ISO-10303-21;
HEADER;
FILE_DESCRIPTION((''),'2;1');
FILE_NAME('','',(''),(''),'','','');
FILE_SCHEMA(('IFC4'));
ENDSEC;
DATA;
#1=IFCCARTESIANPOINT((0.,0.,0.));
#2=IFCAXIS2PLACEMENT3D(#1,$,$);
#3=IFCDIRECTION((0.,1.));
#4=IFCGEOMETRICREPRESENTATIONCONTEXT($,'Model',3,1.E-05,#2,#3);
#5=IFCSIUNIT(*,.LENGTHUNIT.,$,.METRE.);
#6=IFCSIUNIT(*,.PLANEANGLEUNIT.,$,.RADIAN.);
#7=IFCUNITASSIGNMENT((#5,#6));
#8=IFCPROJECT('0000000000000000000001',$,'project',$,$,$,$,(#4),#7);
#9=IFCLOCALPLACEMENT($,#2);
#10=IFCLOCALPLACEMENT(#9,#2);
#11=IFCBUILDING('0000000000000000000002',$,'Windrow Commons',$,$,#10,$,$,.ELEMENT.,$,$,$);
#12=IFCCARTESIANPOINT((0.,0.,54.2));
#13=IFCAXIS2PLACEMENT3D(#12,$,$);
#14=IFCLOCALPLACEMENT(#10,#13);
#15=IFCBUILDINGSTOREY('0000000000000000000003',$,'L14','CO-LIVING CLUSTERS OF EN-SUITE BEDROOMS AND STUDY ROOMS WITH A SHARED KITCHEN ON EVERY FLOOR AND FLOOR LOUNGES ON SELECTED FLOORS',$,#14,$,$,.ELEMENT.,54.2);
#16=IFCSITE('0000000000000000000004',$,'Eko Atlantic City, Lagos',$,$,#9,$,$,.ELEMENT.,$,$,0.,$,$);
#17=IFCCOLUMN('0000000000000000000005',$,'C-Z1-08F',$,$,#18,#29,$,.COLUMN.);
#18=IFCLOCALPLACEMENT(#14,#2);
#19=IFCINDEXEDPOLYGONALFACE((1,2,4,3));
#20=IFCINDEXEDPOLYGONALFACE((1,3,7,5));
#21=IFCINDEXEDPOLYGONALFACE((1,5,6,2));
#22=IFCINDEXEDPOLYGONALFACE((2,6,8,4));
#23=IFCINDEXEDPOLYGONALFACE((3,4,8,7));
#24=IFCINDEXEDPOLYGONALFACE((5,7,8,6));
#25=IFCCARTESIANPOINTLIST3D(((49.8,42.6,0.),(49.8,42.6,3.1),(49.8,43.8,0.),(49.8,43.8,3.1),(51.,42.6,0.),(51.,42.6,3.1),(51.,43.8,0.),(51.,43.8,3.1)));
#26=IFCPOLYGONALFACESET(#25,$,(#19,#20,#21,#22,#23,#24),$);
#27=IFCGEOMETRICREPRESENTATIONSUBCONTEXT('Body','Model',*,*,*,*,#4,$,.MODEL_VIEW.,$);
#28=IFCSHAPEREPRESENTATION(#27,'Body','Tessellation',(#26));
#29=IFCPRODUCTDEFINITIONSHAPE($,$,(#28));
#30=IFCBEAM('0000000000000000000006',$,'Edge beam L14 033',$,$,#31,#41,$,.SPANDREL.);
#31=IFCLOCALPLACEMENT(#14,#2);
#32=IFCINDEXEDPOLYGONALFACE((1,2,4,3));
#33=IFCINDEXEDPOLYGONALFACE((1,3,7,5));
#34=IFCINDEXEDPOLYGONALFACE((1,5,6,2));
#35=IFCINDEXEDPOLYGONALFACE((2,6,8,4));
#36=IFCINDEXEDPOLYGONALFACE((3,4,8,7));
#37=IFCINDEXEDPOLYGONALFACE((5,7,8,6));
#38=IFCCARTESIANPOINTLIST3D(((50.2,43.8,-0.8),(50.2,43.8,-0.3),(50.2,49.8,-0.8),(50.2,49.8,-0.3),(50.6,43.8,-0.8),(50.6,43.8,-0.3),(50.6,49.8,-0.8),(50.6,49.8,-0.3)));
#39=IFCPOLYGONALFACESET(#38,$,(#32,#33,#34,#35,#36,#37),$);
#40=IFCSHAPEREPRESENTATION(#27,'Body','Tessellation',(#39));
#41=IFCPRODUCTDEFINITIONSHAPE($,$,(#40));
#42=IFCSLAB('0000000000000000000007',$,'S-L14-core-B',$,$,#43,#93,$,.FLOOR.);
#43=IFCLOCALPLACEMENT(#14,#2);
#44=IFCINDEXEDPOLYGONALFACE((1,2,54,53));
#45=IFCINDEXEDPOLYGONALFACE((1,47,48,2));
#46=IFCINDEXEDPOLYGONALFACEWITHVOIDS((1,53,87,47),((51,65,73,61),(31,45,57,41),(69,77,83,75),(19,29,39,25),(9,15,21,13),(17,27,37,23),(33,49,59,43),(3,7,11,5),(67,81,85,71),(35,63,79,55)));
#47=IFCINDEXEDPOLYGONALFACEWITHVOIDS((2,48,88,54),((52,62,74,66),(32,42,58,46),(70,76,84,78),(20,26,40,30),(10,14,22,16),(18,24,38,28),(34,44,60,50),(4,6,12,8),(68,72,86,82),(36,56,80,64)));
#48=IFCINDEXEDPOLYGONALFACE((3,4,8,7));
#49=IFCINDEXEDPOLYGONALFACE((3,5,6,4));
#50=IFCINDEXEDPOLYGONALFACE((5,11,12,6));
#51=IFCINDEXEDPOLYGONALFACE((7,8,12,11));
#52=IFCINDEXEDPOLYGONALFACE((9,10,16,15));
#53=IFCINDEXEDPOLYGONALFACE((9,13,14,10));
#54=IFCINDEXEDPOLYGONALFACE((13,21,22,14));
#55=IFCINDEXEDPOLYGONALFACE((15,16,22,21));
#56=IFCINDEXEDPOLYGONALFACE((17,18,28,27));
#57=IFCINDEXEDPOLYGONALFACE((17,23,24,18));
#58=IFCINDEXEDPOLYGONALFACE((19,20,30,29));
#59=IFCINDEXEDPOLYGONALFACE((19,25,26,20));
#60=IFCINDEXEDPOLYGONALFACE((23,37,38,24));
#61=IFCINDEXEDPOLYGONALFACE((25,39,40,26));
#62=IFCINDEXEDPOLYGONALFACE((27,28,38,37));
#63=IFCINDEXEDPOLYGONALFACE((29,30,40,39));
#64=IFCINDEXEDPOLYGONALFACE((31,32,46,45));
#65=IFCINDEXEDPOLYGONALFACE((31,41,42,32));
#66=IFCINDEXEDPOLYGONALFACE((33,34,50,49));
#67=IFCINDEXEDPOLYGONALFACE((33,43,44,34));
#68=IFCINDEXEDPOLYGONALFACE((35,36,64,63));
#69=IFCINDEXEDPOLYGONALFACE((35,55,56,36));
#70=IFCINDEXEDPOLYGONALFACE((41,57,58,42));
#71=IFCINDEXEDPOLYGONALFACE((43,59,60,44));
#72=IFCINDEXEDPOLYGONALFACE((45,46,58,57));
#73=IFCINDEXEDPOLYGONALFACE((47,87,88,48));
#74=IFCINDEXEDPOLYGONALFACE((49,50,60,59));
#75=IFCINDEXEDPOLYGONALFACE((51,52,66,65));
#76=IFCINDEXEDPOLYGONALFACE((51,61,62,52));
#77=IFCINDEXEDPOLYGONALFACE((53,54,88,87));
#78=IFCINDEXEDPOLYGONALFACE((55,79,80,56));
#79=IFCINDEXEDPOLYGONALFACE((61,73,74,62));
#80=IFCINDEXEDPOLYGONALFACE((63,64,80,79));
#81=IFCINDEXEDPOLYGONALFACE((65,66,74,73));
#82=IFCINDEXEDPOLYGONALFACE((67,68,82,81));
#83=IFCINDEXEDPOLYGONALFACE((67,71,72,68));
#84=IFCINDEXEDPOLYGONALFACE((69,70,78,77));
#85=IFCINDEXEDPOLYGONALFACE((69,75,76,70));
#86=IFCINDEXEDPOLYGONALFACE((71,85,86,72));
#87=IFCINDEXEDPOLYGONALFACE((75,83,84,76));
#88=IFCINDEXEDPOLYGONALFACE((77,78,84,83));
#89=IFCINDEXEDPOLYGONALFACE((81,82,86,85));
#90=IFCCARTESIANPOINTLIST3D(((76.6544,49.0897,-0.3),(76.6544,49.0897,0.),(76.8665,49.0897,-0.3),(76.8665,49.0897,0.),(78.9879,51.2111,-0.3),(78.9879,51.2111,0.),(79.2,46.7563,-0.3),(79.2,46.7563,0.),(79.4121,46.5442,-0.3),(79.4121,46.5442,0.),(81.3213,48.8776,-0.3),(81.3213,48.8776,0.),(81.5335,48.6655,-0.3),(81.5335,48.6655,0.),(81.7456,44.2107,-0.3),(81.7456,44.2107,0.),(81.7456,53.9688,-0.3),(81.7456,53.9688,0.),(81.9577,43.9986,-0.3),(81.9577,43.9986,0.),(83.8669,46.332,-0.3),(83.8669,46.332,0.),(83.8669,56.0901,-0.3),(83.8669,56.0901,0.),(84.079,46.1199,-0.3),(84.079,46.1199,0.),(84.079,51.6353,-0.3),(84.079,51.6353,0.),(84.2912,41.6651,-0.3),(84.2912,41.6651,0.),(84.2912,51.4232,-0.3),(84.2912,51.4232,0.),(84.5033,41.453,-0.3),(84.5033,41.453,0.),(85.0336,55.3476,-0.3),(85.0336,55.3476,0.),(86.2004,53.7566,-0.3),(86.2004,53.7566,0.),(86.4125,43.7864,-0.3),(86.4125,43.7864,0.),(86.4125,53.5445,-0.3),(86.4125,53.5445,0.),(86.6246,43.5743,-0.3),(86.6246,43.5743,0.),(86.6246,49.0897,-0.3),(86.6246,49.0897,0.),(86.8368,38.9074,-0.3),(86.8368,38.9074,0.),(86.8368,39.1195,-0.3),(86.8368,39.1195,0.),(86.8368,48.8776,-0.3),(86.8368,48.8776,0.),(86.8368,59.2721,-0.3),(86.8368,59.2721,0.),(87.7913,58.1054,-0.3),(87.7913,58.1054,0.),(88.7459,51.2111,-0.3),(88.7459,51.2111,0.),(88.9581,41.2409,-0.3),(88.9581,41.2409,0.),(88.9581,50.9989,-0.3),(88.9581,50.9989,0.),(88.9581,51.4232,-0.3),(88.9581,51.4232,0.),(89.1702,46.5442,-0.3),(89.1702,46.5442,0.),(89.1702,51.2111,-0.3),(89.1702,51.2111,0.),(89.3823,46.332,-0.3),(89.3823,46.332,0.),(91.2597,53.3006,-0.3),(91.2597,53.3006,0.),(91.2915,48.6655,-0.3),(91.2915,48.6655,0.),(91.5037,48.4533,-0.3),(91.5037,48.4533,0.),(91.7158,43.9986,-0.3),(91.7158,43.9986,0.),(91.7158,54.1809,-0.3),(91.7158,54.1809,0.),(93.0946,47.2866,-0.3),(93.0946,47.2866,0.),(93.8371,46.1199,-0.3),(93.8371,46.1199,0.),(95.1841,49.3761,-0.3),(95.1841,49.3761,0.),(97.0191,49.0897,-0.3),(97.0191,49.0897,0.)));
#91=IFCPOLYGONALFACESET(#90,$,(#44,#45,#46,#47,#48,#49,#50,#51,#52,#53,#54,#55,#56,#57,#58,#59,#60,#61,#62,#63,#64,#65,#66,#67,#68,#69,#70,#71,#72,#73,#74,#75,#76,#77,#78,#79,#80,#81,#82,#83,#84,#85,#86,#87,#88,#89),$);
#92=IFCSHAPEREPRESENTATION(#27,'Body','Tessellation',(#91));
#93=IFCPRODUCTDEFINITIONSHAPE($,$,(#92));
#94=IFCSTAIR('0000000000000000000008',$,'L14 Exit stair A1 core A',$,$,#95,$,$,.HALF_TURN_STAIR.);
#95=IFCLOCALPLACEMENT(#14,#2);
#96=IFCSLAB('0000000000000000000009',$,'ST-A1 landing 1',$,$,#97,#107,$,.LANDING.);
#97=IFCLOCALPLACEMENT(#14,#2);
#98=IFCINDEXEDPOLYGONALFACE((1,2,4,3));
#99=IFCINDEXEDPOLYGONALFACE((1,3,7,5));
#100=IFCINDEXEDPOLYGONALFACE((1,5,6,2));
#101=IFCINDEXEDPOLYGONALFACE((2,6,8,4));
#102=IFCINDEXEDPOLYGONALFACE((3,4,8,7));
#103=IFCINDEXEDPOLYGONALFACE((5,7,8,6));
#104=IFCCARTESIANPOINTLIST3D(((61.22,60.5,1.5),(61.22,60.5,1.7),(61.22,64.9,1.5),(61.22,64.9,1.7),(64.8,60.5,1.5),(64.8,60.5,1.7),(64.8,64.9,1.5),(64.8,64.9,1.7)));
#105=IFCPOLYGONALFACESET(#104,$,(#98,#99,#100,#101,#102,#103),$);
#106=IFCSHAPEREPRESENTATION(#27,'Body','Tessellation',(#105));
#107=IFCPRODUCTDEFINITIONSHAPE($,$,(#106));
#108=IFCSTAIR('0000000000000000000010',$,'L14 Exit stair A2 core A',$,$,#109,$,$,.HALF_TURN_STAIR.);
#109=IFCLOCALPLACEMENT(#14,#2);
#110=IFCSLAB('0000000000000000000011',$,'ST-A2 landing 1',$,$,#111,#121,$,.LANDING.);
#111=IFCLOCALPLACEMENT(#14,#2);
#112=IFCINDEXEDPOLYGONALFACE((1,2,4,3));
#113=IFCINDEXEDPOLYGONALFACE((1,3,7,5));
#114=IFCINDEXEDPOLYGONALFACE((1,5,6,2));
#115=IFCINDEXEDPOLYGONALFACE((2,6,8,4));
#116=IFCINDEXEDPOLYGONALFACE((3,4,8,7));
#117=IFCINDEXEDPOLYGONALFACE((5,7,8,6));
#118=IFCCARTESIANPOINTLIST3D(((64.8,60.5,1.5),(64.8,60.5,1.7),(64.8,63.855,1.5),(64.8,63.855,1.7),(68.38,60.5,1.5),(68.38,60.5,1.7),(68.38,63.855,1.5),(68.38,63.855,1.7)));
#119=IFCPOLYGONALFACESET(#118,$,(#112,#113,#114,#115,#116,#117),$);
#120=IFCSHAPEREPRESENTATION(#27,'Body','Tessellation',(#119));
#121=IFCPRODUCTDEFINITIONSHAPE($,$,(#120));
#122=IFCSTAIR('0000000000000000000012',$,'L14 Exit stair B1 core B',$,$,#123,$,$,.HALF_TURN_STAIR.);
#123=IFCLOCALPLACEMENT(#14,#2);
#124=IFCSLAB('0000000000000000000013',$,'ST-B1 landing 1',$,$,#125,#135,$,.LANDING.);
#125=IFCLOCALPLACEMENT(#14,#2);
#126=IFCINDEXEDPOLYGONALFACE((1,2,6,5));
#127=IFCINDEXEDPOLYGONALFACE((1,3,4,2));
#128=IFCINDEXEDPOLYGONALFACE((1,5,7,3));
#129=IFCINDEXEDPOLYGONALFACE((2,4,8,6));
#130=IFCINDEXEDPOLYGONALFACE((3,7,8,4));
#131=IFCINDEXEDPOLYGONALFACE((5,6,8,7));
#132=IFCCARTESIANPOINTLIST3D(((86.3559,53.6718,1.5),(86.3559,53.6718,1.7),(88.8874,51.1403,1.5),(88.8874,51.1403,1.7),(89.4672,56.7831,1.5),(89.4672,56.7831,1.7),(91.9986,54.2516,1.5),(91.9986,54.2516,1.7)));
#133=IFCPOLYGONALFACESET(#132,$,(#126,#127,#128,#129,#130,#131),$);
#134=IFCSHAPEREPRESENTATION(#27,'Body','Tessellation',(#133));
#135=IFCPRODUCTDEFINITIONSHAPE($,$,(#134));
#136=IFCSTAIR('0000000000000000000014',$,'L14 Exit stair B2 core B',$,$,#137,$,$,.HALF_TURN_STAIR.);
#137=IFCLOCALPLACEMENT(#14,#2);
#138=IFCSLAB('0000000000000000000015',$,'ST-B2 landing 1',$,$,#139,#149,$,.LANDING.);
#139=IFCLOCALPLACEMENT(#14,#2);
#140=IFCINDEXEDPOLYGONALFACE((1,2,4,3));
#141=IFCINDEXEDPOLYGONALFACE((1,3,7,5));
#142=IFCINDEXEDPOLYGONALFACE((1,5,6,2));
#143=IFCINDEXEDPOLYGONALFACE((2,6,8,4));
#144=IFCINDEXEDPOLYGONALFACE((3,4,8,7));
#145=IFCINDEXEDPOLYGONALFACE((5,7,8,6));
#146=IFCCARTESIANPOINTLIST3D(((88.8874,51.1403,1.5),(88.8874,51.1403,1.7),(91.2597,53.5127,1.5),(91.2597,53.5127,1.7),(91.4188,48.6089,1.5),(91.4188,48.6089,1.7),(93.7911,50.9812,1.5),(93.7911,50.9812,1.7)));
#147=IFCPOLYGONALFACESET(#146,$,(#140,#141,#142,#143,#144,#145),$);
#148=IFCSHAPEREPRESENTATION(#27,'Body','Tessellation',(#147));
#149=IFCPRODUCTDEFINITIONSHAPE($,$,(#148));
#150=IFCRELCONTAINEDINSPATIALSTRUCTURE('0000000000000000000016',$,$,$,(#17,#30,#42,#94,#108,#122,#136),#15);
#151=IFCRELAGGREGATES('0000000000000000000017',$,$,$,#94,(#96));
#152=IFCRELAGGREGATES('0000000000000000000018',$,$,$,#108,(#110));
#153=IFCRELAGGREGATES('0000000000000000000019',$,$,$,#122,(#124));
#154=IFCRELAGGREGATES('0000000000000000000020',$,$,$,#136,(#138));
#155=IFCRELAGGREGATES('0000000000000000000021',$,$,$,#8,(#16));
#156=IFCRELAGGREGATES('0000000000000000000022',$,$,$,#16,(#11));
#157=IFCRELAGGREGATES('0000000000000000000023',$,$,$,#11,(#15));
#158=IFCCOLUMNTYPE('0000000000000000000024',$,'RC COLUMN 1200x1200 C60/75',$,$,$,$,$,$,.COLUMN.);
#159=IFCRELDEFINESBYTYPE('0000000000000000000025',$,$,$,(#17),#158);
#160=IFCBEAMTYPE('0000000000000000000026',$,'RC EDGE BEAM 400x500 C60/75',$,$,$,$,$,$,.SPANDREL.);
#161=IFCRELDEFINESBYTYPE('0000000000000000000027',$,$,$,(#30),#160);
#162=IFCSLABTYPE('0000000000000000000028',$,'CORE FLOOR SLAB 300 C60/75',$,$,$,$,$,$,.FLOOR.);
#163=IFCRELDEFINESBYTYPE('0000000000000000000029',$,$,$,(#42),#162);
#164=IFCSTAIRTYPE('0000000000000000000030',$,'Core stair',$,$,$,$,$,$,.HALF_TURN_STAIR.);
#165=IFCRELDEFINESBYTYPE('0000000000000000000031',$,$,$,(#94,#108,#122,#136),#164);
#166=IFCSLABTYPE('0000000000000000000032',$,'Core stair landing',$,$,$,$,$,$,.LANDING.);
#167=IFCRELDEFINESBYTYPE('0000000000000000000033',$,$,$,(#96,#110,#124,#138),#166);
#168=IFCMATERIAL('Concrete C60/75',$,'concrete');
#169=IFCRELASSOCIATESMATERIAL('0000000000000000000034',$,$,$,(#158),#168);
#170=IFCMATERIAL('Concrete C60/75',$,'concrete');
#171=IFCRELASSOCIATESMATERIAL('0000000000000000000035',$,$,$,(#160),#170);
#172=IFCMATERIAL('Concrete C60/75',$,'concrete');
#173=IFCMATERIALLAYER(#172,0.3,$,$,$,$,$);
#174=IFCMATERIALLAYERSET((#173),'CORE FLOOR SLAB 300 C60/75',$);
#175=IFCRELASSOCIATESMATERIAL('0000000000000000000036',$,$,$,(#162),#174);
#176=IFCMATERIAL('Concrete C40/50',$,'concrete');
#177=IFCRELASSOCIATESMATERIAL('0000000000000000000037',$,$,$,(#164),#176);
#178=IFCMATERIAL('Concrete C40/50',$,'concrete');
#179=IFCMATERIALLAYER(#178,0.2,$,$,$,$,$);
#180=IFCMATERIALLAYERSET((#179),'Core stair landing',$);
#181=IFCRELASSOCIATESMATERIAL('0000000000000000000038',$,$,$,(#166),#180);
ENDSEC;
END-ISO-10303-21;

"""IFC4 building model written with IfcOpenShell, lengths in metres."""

from ifc_helpers import new_model, si_unit, direction, frame, origin, origin_2d, place, context, subcontext, project, spatial, polyline, rectangle, outline, extrude, material, layer, layer_set, material_profile, profile_set, type_object, element, aggregate, save


model = new_model("IFC4")

# Units and contexts
model_context = context("Model", 3, precision=1e-05, world=origin(), true_north=direction((0.0, 1.0)))
body_context = subcontext(model_context, "Body", "Model", "MODEL_VIEW")
ifc_project = project(units=[si_unit("LENGTHUNIT", "METRE"), si_unit("PLANEANGLEUNIT", "RADIAN")], contexts=[model_context])

# Site, building, storey
site_placement = place(None, origin())
site = spatial("IfcSite", under=ifc_project, at=site_placement, Name="Eko Atlantic City, Lagos", CompositionType="ELEMENT", RefElevation=0.0)
building_placement = place(site_placement, origin())
building = spatial("IfcBuilding", under=site, at=building_placement, Name="Windrow Commons", CompositionType="ELEMENT")
storey_placement = place(building_placement, frame((0.0, 0.0, 54.2)))
storey = spatial("IfcBuildingStorey", under=building, at=storey_placement, Name="L14", Description="CO-LIVING CLUSTERS OF EN-SUITE BEDROOMS AND STUDY ROOMS WITH A SHARED KITCHEN ON EVERY FLOOR AND FLOOR LOUNGES ON SELECTED FLOORS", CompositionType="ELEMENT", Elevation=54.2)

# Column
ifc_material_1 = material(Name="Concrete C60/75", Category="concrete")
ifc_material_profile_1 = material_profile(ifc_material_1, rectangle(XDim=1.2, YDim=1.2, at=origin_2d()))
ifc_profile_set_1 = profile_set([ifc_material_profile_1], Name="Concrete C60/75")
column_type = type_object("IfcColumnType", Name="RC COLUMN 1200x1200 C60/75", PredefinedType="COLUMN", material=ifc_profile_set_1)
column_placement = place(storey_placement, frame((50.4, 43.2, 0.0), z_axis=(0.0, 0.0, 1.0), x_axis=(1.0, 0.0, 0.0)))
element("IfcColumn", 1, at=column_placement, inside=storey, type_object=column_type, Name="C-Z1-08F", PredefinedType="COLUMN", context=body_context, shape_type="SweptSolid", body=[
    extrude(rectangle(XDim=1.2, YDim=1.2, at=origin_2d()), origin(), (0.0, 0.0, 1.0), 3.1),
])

# Beam
ifc_material_2 = material(Name="Concrete C60/75", Category="concrete")
ifc_material_profile_2 = material_profile(ifc_material_2, rectangle(XDim=0.4, YDim=0.5, at=origin_2d()))
ifc_profile_set_2 = profile_set([ifc_material_profile_2], Name="Concrete C60/75")
beam_type = type_object("IfcBeamType", Name="RC EDGE BEAM 400x500 C60/75", PredefinedType="SPANDREL", material=ifc_profile_set_2)
beam_placement = place(storey_placement, frame((50.4, 43.8, -0.55), z_axis=(0.0, 1.0, 0.0), x_axis=(-1.0, 0.0, 0.0)))
element("IfcBeam", 2, at=beam_placement, inside=storey, type_object=beam_type, Name="Edge beam L14 033", PredefinedType="SPANDREL", context=body_context, shape_type="SweptSolid", body=[
    extrude(rectangle(XDim=0.4, YDim=0.5, at=origin_2d()), origin(), (0.0, 0.0, 1.0), 6.0),
])

# Slab, openings
ifc_material_3 = material(Name="Concrete C60/75", Category="concrete")
ifc_layer_1 = layer(ifc_material_3, 0.3)
ifc_layer_set_1 = layer_set([ifc_layer_1], Name="CORE FLOOR SLAB 300 C60/75")
slab_type_1 = type_object("IfcSlabType", Name="CORE FLOOR SLAB 300 C60/75", PredefinedType="FLOOR", material=ifc_layer_set_1)
placement_1 = place(storey_placement, frame((0.0, 0.0, -0.3)))
slab_1 = element("IfcSlab", 3, at=placement_1, inside=storey, type_object=slab_type_1, Name="S-L14-core-B", PredefinedType="FLOOR", context=body_context, shape_type="SweptSolid", body=[
    extrude(outline(polyline([(76.6544, 49.0897), (86.8368, 38.9074), (97.0191, 49.0897), (86.8368, 59.2721), (76.6544, 49.0897)]), holes=[polyline([(76.8665, 49.0897), (79.2, 46.7563), (81.3213, 48.8776), (78.9879, 51.2111), (76.8665, 49.0897)]), polyline([(79.4121, 46.5442), (81.7456, 44.2107), (83.8669, 46.332), (81.5335, 48.6655), (79.4121, 46.5442)]), polyline([(81.9577, 43.9986), (84.2912, 41.6651), (86.4125, 43.7864), (84.079, 46.1199), (81.9577, 43.9986)]), polyline([(84.5033, 41.453), (86.8368, 39.1195), (88.9581, 41.2409), (86.6246, 43.5743), (84.5033, 41.453)]), polyline([(81.7456, 53.9688), (84.079, 51.6353), (86.2004, 53.7566), (83.8669, 56.0901), (81.7456, 53.9688)]), polyline([(84.2912, 51.4232), (86.6246, 49.0897), (88.7459, 51.2111), (86.4125, 53.5445), (84.2912, 51.4232)]), polyline([(86.8368, 48.8776), (89.1702, 46.5442), (91.2915, 48.6655), (88.9581, 50.9989), (86.8368, 48.8776)]), polyline([(89.3823, 46.332), (91.7158, 43.9986), (93.8371, 46.1199), (91.5037, 48.4533), (89.3823, 46.332)]), polyline([(85.0336, 55.3476), (88.9581, 51.4232), (91.7158, 54.1809), (87.7913, 58.1054), (85.0336, 55.3476)]), polyline([(89.1702, 51.2111), (93.0946, 47.2866), (95.1841, 49.3761), (91.2597, 53.3006), (89.1702, 51.2111)])]), origin(), (0.0, 0.0, 1.0), 0.3),
])
opening_1_placement = place(placement_1, origin())
element("IfcOpeningElement", 4, at=opening_1_placement, cuts=slab_1, PredefinedType="OPENING", context=body_context, shape_type="SweptSolid", body=[
    extrude(outline(polyline([(76.8736, 49.0897), (78.9879, 51.204), (81.3142, 48.8776), (79.2, 46.7634), (76.8736, 49.0897)])), origin(), (0.0, 0.0, 1.0), 0.3),
])
opening_2_placement = place(placement_1, origin())
element("IfcOpeningElement", 5, at=opening_2_placement, cuts=slab_1, PredefinedType="OPENING", context=body_context, shape_type="SweptSolid", body=[
    extrude(outline(polyline([(79.4192, 46.5442), (81.5335, 48.6584), (83.8598, 46.332), (81.7456, 44.2178), (79.4192, 46.5442)])), origin(), (0.0, 0.0, 1.0), 0.3),
])
opening_3_placement = place(placement_1, origin())
element("IfcOpeningElement", 6, at=opening_3_placement, cuts=slab_1, PredefinedType="OPENING", context=body_context, shape_type="SweptSolid", body=[
    extrude(outline(polyline([(81.9648, 43.9986), (84.079, 46.1128), (86.4054, 43.7864), (84.2912, 41.6722), (81.9648, 43.9986)])), origin(), (0.0, 0.0, 1.0), 0.3),
])
opening_4_placement = place(placement_1, origin())
element("IfcOpeningElement", 7, at=opening_4_placement, cuts=slab_1, PredefinedType="OPENING", context=body_context, shape_type="SweptSolid", body=[
    extrude(outline(polyline([(84.5104, 41.453), (86.6246, 43.5672), (88.951, 41.2409), (86.8368, 39.1266), (84.5104, 41.453)])), origin(), (0.0, 0.0, 1.0), 0.3),
])
opening_5_placement = place(placement_1, origin())
element("IfcOpeningElement", 8, at=opening_5_placement, cuts=slab_1, PredefinedType="OPENING", context=body_context, shape_type="SweptSolid", body=[
    extrude(outline(polyline([(81.7527, 53.9688), (83.8669, 56.083), (86.1933, 53.7566), (84.079, 51.6424), (81.7527, 53.9688)])), origin(), (0.0, 0.0, 1.0), 0.3),
])
opening_6_placement = place(placement_1, origin())
element("IfcOpeningElement", 9, at=opening_6_placement, cuts=slab_1, PredefinedType="OPENING", context=body_context, shape_type="SweptSolid", body=[
    extrude(outline(polyline([(84.2983, 51.4232), (86.4125, 53.5374), (88.7388, 51.2111), (86.6246, 49.0968), (84.2983, 51.4232)])), origin(), (0.0, 0.0, 1.0), 0.3),
])
opening_7_placement = place(placement_1, origin())
element("IfcOpeningElement", 10, at=opening_7_placement, cuts=slab_1, PredefinedType="OPENING", context=body_context, shape_type="SweptSolid", body=[
    extrude(outline(polyline([(86.8439, 48.8776), (88.9581, 50.9918), (91.2844, 48.6655), (89.1702, 46.5513), (86.8439, 48.8776)])), origin(), (0.0, 0.0, 1.0), 0.3),
])
opening_8_placement = place(placement_1, origin())
element("IfcOpeningElement", 11, at=opening_8_placement, cuts=slab_1, PredefinedType="OPENING", context=body_context, shape_type="SweptSolid", body=[
    extrude(outline(polyline([(89.3894, 46.332), (91.5037, 48.4462), (93.83, 46.1199), (91.7158, 44.0057), (89.3894, 46.332)])), origin(), (0.0, 0.0, 1.0), 0.3),
])
opening_9_placement = place(placement_1, origin())
element("IfcOpeningElement", 12, at=opening_9_placement, cuts=slab_1, PredefinedType="OPENING", context=body_context, shape_type="SweptSolid", body=[
    extrude(outline(polyline([(85.0407, 55.3476), (87.7913, 58.0983), (91.7087, 54.1809), (88.9581, 51.4303), (85.0407, 55.3476)])), origin(), (0.0, 0.0, 1.0), 0.3),
])
opening_10_placement = place(placement_1, origin())
element("IfcOpeningElement", 13, at=opening_10_placement, cuts=slab_1, PredefinedType="OPENING", context=body_context, shape_type="SweptSolid", body=[
    extrude(outline(polyline([(89.1773, 51.2111), (91.2597, 53.2935), (95.177, 49.3761), (93.0946, 47.2937), (89.1773, 51.2111)])), origin(), (0.0, 0.0, 1.0), 0.3),
])

# Stairs, slabs
ifc_material_4 = material(Name="Concrete C40/50", Category="concrete")
stair_type = type_object("IfcStairType", Name="Core stair", PredefinedType="HALF_TURN_STAIR", material=ifc_material_4)
placement_2 = place(storey_placement, origin())
stair_1 = element("IfcStair", 14, at=placement_2, inside=storey, type_object=stair_type, Name="L14 Exit stair A1 core A", PredefinedType="HALF_TURN_STAIR")
ifc_material_5 = material(Name="Concrete C40/50", Category="concrete")
ifc_layer_2 = layer(ifc_material_5, 0.2)
ifc_layer_set_2 = layer_set([ifc_layer_2], Name="Core stair landing")
slab_type_2 = type_object("IfcSlabType", Name="Core stair landing", PredefinedType="LANDING", material=ifc_layer_set_2)
placement_3 = place(storey_placement, frame((0.0, 0.0, 1.5)))
slab_2 = element("IfcSlab", 15, at=placement_3, type_object=slab_type_2, Name="ST-A1 landing 1", PredefinedType="LANDING", context=body_context, shape_type="SweptSolid", body=[
    extrude(outline(polyline([(61.22, 60.5), (64.8, 60.5), (64.8, 64.9), (61.22, 64.9), (61.22, 60.5)])), origin(), (0.0, 0.0, 1.0), 0.2),
])
aggregate(stair_1, [slab_2])
stair_2 = element("IfcStair", 16, at=placement_2, inside=storey, type_object=stair_type, Name="L14 Exit stair A2 core A", PredefinedType="HALF_TURN_STAIR")
slab_3 = element("IfcSlab", 17, at=placement_3, type_object=slab_type_2, Name="ST-A2 landing 1", PredefinedType="LANDING", context=body_context, shape_type="SweptSolid", body=[
    extrude(outline(polyline([(64.8, 60.5), (68.38, 60.5), (68.38, 63.855), (64.8, 63.855), (64.8, 60.5)])), origin(), (0.0, 0.0, 1.0), 0.2),
])
aggregate(stair_2, [slab_3])
stair_3 = element("IfcStair", 18, at=placement_2, inside=storey, type_object=stair_type, Name="L14 Exit stair B1 core B", PredefinedType="HALF_TURN_STAIR")
slab_4 = element("IfcSlab", 19, at=placement_3, type_object=slab_type_2, Name="ST-B1 landing 1", PredefinedType="LANDING", context=body_context, shape_type="SweptSolid", body=[
    extrude(outline(polyline([(86.3559, 53.6718), (88.8874, 51.1403), (91.9986, 54.2516), (89.4672, 56.7831), (86.3559, 53.6718)])), origin(), (0.0, 0.0, 1.0), 0.2),
])
aggregate(stair_3, [slab_4])
stair_4 = element("IfcStair", 20, at=placement_2, inside=storey, type_object=stair_type, Name="L14 Exit stair B2 core B", PredefinedType="HALF_TURN_STAIR")
slab_5 = element("IfcSlab", 21, at=placement_3, type_object=slab_type_2, Name="ST-B2 landing 1", PredefinedType="LANDING", context=body_context, shape_type="SweptSolid", body=[
    extrude(outline(polyline([(88.8874, 51.1403), (91.4188, 48.6089), (93.7911, 50.9812), (91.2597, 53.5127), (88.8874, 51.1403)])), origin(), (0.0, 0.0, 1.0), 0.2),
])
aggregate(stair_4, [slab_5])

save(model, "model.ifc")
